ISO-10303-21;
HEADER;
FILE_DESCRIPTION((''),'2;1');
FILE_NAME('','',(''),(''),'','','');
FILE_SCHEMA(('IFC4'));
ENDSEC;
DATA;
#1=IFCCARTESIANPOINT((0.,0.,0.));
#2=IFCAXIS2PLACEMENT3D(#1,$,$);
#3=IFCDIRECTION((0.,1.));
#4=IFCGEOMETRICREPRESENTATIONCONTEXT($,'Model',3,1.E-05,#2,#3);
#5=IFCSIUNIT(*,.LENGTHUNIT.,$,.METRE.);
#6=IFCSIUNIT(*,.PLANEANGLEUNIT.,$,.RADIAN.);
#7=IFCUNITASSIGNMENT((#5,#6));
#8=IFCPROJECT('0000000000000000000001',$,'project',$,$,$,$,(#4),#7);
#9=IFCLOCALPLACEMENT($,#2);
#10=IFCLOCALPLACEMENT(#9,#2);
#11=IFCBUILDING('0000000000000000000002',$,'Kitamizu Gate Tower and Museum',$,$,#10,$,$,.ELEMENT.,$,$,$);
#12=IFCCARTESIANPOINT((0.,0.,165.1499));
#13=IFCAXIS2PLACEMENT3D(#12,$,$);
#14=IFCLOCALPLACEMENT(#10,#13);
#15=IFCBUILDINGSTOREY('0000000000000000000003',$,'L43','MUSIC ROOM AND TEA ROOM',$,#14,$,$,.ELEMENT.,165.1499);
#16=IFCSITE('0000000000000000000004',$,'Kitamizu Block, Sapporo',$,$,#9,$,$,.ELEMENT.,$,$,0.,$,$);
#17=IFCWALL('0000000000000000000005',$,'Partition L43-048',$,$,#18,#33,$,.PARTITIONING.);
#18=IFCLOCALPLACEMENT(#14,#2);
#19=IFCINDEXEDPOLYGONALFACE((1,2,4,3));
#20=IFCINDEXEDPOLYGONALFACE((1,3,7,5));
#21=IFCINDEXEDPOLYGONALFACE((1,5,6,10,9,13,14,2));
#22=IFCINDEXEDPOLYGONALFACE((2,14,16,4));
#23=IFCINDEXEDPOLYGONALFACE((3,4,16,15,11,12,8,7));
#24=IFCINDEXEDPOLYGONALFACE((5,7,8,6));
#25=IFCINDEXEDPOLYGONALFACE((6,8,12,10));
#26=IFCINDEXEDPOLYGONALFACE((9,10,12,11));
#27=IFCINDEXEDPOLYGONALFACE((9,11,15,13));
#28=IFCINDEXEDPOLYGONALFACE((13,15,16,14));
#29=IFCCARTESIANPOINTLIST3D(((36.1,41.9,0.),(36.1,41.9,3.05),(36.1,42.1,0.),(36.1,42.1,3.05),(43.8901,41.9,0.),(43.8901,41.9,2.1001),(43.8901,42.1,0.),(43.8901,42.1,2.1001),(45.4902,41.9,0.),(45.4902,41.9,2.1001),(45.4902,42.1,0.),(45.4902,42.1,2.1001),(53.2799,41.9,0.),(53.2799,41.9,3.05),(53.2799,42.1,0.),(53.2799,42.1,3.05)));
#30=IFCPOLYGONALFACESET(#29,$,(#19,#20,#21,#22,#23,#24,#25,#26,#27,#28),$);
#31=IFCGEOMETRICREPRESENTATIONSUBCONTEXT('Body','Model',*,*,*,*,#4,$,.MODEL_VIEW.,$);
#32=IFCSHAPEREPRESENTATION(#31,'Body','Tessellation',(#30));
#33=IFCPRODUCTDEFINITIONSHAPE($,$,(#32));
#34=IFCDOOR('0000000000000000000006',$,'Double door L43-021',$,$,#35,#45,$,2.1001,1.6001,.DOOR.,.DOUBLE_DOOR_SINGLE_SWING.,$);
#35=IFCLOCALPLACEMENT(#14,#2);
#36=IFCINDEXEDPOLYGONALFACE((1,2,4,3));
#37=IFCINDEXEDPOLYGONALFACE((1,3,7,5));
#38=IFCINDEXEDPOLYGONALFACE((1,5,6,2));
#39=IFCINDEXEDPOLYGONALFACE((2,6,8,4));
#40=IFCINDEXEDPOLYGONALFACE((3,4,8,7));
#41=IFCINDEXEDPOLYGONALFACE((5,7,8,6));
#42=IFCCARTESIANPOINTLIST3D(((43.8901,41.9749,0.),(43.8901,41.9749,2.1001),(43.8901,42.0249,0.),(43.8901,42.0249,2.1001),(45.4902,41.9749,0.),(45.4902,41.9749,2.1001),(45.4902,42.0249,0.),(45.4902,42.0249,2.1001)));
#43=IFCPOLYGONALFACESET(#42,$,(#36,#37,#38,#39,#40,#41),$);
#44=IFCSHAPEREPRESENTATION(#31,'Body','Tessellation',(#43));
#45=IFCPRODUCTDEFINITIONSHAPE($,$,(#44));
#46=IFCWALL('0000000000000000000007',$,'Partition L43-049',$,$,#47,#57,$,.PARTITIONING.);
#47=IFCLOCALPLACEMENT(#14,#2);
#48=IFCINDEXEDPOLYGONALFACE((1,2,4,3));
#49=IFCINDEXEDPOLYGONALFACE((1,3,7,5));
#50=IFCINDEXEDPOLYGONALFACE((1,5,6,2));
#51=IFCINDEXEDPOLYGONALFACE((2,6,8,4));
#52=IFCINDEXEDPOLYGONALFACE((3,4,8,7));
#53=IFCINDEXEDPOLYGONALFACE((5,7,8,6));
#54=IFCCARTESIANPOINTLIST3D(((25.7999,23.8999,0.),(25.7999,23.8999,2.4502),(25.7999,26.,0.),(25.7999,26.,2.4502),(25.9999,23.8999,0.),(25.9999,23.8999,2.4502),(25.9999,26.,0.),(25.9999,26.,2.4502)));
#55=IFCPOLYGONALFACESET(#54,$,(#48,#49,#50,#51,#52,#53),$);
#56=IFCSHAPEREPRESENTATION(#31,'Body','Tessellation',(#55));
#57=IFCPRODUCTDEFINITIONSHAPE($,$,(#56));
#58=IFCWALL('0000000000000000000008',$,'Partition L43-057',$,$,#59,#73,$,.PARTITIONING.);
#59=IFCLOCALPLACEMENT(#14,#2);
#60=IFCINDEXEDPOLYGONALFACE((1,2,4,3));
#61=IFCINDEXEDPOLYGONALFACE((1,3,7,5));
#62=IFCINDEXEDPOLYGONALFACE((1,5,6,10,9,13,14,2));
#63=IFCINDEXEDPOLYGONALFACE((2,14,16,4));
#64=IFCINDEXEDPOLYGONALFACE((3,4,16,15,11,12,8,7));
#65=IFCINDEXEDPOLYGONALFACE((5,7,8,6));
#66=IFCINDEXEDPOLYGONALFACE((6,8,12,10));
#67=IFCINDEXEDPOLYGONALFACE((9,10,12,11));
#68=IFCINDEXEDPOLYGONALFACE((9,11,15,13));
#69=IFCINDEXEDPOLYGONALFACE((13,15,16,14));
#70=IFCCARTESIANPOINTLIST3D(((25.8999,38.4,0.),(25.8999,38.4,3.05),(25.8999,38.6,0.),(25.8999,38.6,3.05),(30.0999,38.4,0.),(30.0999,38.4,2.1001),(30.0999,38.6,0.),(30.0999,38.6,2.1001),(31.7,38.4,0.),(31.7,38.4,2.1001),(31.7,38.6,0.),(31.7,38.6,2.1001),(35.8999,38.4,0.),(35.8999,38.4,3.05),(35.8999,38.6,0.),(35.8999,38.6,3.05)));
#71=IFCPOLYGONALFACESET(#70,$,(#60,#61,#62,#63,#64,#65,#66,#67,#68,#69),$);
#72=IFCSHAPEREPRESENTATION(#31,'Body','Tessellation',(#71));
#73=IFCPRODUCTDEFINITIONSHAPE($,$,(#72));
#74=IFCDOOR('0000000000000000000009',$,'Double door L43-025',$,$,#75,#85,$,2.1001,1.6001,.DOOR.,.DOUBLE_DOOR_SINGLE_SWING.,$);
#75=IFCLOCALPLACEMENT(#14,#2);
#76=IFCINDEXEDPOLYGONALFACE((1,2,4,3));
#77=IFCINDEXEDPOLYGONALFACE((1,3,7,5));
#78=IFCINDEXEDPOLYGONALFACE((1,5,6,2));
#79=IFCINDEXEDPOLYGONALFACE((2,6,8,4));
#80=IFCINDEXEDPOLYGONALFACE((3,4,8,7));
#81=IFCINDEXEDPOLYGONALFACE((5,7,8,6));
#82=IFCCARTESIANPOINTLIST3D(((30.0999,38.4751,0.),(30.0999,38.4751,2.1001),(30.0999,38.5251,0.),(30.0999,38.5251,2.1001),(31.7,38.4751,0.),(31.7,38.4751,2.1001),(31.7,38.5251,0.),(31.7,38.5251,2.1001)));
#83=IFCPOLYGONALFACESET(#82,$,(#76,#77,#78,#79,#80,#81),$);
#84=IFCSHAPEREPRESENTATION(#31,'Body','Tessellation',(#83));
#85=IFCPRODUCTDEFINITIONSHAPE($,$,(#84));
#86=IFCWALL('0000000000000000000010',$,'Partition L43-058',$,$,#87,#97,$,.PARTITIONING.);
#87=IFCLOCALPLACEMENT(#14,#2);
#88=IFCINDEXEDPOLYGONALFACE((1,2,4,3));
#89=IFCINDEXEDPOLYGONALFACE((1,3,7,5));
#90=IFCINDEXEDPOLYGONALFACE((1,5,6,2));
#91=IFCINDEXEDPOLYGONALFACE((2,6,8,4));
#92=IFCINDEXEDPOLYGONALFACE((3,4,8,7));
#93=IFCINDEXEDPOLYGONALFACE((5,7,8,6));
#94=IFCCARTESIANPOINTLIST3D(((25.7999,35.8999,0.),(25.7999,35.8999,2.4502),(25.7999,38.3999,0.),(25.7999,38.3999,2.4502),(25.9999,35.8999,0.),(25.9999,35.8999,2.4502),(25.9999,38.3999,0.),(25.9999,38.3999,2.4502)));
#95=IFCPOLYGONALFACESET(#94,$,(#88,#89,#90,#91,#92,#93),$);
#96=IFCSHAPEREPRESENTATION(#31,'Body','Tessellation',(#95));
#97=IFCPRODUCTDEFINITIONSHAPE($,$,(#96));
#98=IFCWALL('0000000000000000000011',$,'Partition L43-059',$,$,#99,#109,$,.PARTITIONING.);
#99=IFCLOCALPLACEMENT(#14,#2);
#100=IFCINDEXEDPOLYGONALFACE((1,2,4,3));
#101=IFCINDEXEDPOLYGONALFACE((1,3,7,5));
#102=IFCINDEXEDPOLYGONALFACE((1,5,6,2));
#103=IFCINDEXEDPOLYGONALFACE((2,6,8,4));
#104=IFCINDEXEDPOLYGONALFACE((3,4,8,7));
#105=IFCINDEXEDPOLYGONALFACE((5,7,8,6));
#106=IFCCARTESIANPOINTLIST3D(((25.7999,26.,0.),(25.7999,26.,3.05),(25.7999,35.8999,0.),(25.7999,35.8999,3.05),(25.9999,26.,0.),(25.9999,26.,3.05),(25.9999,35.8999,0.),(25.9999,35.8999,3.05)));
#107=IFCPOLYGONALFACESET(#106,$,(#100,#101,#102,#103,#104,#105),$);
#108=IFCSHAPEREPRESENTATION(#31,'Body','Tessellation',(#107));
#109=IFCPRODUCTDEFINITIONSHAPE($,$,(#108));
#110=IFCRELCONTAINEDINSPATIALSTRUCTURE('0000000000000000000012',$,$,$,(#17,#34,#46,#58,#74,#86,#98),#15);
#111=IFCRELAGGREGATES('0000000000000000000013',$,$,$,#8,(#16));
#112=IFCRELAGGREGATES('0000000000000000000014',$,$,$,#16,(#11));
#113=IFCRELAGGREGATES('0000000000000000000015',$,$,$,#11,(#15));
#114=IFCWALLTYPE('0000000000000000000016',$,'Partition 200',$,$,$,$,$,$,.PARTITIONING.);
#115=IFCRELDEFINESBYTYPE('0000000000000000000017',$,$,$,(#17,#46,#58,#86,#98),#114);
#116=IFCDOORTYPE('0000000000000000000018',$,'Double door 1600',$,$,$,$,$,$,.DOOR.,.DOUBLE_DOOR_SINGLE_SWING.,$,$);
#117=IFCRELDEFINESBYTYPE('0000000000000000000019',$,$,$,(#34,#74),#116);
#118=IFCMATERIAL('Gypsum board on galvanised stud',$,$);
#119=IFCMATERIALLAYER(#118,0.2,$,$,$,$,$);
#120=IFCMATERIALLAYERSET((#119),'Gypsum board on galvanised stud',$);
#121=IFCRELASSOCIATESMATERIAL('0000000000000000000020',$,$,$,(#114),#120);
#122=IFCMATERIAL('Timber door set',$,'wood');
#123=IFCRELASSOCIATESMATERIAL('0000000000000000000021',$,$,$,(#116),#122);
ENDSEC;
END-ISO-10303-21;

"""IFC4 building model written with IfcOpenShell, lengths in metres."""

from ifc_helpers import new_model, si_unit, direction, frame, frame_2d, origin, place, context, subcontext, project, spatial, rectangle, extrude, material, layer, layer_set, type_object, element, fill, save


model = new_model("IFC4")

# Units and contexts
model_context = context("Model", 3, precision=1e-05, world=origin(), true_north=direction((0.0, 1.0)))
body_context = subcontext(model_context, "Body", "Model", "MODEL_VIEW")
ifc_project = project(units=[si_unit("LENGTHUNIT", "METRE"), si_unit("PLANEANGLEUNIT", "RADIAN")], contexts=[model_context])

# Site, building, storey
site_placement = place(None, origin())
site = spatial("IfcSite", under=ifc_project, at=site_placement, Name="Kitamizu Block, Sapporo", CompositionType="ELEMENT", RefElevation=0.0)
building_placement = place(site_placement, origin())
building = spatial("IfcBuilding", under=site, at=building_placement, Name="Kitamizu Gate Tower and Museum", CompositionType="ELEMENT")
storey_placement = place(building_placement, frame((0.0, 0.0, 165.1499)))
storey = spatial("IfcBuildingStorey", under=building, at=storey_placement, Name="L43", Description="MUSIC ROOM AND TEA ROOM", CompositionType="ELEMENT", Elevation=165.1499)

# Shared definitions
ifc_material_1 = material(Name="Gypsum board on galvanised stud")
ifc_layer_1 = layer(ifc_material_1, 0.2)
ifc_layer_set_1 = layer_set([ifc_layer_1], Name="Gypsum board on galvanised stud")
wall_type_1 = type_object("IfcWallType", Name="Partition 200", PredefinedType="PARTITIONING", material=ifc_layer_set_1)

# Wall, opening, door
wall_1_placement = place(storey_placement, frame((36.1001, 42.0, 0.0), z_axis=(0.0, 0.0, 1.0), x_axis=(1.0, 0.0, 0.0)))
wall_1 = element("IfcWall", 1, at=wall_1_placement, inside=storey, type_object=wall_type_1, Name="Partition L43-048", PredefinedType="PARTITIONING", context=body_context, shape_type="SweptSolid", body=[
    extrude(rectangle(XDim=17.1799, YDim=0.2, at=frame_2d((8.5898, 0.0))), origin(), (0.0, 0.0, 1.0), 3.05),
])
opening_1_placement = place(wall_1_placement, frame((7.79, 0.0, 0.0)))
opening_1 = element("IfcOpeningElement", 2, at=opening_1_placement, cuts=wall_1, PredefinedType="OPENING", context=body_context, shape_type="SweptSolid", body=[
    extrude(rectangle(XDim=1.6001, YDim=2.1001, at=frame_2d((0.8, 1.05))), frame((0.0, 0.1099, 0.0), z_axis=(0.0, -1.0, 0.0), x_axis=(1.0, 0.0, 0.0)), (0.0, 0.0, 1.0), 0.22),
])
ifc_material_2 = material(Name="Timber door set", Category="wood")
door_type_1 = type_object("IfcDoorType", Name="Double door 1600", OperationType="DOUBLE_DOOR_SINGLE_SWING", PredefinedType="DOOR", material=ifc_material_2)
door_1_placement = place(opening_1_placement, origin())
door_1 = element("IfcDoor", 3, at=door_1_placement, inside=storey, type_object=door_type_1, Name="Double door L43-021", OperationType="DOUBLE_DOOR_SINGLE_SWING", OverallHeight=2.1001, OverallWidth=1.6001, PredefinedType="DOOR", context=body_context, shape_type="SweptSolid", body=[
    extrude(rectangle(XDim=1.6001, YDim=2.1001, at=frame_2d((0.8, 1.05))), frame((0.0, 0.0249, 0.0), z_axis=(0.0, -1.0, 0.0), x_axis=(1.0, 0.0, 0.0)), (0.0, 0.0, 1.0), 0.05),
])
fill(opening_1, door_1)

# Wall
wall_2_placement = place(storey_placement, frame((25.8999, 26.0, 0.0), z_axis=(0.0, 0.0, 1.0), x_axis=(0.0, -1.0, 0.0)))
element("IfcWall", 4, at=wall_2_placement, inside=storey, type_object=wall_type_1, Name="Partition L43-049", PredefinedType="PARTITIONING", context=body_context, shape_type="SweptSolid", body=[
    extrude(rectangle(XDim=2.1001, YDim=0.2, at=frame_2d((1.05, 0.0))), origin(), (0.0, 0.0, 1.0), 2.4502),
])

# Wall, opening, door
wall_3_placement = place(storey_placement, frame((35.8999, 38.5, 0.0), z_axis=(0.0, 0.0, 1.0), x_axis=(-1.0, 0.0, 0.0)))
wall_3 = element("IfcWall", 5, at=wall_3_placement, inside=storey, type_object=wall_type_1, Name="Partition L43-057", PredefinedType="PARTITIONING", context=body_context, shape_type="SweptSolid", body=[
    extrude(rectangle(XDim=10.0, YDim=0.2, at=frame_2d((5.0, 0.0))), origin(), (0.0, 0.0, 1.0), 3.05),
])
opening_2_placement = place(wall_3_placement, frame((4.2, 0.0, 0.0)))
opening_2 = element("IfcOpeningElement", 6, at=opening_2_placement, cuts=wall_3, PredefinedType="OPENING", context=body_context, shape_type="SweptSolid", body=[
    extrude(rectangle(XDim=1.6001, YDim=2.1001, at=frame_2d((0.8, 1.05))), frame((0.0, 0.1099, 0.0), z_axis=(0.0, -1.0, 0.0), x_axis=(1.0, 0.0, 0.0)), (0.0, 0.0, 1.0), 0.22),
])
door_2_placement = place(opening_2_placement, origin())
door_2 = element("IfcDoor", 7, at=door_2_placement, inside=storey, type_object=door_type_1, Name="Double door L43-025", OperationType="DOUBLE_DOOR_SINGLE_SWING", OverallHeight=2.1001, OverallWidth=1.6001, PredefinedType="DOOR", context=body_context, shape_type="SweptSolid", body=[
    extrude(rectangle(XDim=1.6001, YDim=2.1001, at=frame_2d((0.8, 1.05))), frame((0.0, 0.0249, 0.0), z_axis=(0.0, -1.0, 0.0), x_axis=(1.0, 0.0, 0.0)), (0.0, 0.0, 1.0), 0.05),
])
fill(opening_2, door_2)

# Walls
wall_4_placement = place(storey_placement, frame((25.8999, 38.3999, 0.0), z_axis=(0.0, 0.0, 1.0), x_axis=(0.0, -1.0, 0.0)))
element("IfcWall", 8, at=wall_4_placement, inside=storey, type_object=wall_type_1, Name="Partition L43-058", PredefinedType="PARTITIONING", context=body_context, shape_type="SweptSolid", body=[
    extrude(rectangle(XDim=2.5, YDim=0.2, at=frame_2d((1.25, 0.0))), origin(), (0.0, 0.0, 1.0), 2.4502),
])
wall_5_placement = place(storey_placement, frame((25.8999, 35.8999, 0.0), z_axis=(0.0, 0.0, 1.0), x_axis=(0.0, -1.0, 0.0)))
element("IfcWall", 9, at=wall_5_placement, inside=storey, type_object=wall_type_1, Name="Partition L43-059", PredefinedType="PARTITIONING", context=body_context, shape_type="SweptSolid", body=[
    extrude(rectangle(XDim=9.8999, YDim=0.2, at=frame_2d((4.95, 0.0))), origin(), (0.0, 0.0, 1.0), 3.05),
])

save(model, "model.ifc")
